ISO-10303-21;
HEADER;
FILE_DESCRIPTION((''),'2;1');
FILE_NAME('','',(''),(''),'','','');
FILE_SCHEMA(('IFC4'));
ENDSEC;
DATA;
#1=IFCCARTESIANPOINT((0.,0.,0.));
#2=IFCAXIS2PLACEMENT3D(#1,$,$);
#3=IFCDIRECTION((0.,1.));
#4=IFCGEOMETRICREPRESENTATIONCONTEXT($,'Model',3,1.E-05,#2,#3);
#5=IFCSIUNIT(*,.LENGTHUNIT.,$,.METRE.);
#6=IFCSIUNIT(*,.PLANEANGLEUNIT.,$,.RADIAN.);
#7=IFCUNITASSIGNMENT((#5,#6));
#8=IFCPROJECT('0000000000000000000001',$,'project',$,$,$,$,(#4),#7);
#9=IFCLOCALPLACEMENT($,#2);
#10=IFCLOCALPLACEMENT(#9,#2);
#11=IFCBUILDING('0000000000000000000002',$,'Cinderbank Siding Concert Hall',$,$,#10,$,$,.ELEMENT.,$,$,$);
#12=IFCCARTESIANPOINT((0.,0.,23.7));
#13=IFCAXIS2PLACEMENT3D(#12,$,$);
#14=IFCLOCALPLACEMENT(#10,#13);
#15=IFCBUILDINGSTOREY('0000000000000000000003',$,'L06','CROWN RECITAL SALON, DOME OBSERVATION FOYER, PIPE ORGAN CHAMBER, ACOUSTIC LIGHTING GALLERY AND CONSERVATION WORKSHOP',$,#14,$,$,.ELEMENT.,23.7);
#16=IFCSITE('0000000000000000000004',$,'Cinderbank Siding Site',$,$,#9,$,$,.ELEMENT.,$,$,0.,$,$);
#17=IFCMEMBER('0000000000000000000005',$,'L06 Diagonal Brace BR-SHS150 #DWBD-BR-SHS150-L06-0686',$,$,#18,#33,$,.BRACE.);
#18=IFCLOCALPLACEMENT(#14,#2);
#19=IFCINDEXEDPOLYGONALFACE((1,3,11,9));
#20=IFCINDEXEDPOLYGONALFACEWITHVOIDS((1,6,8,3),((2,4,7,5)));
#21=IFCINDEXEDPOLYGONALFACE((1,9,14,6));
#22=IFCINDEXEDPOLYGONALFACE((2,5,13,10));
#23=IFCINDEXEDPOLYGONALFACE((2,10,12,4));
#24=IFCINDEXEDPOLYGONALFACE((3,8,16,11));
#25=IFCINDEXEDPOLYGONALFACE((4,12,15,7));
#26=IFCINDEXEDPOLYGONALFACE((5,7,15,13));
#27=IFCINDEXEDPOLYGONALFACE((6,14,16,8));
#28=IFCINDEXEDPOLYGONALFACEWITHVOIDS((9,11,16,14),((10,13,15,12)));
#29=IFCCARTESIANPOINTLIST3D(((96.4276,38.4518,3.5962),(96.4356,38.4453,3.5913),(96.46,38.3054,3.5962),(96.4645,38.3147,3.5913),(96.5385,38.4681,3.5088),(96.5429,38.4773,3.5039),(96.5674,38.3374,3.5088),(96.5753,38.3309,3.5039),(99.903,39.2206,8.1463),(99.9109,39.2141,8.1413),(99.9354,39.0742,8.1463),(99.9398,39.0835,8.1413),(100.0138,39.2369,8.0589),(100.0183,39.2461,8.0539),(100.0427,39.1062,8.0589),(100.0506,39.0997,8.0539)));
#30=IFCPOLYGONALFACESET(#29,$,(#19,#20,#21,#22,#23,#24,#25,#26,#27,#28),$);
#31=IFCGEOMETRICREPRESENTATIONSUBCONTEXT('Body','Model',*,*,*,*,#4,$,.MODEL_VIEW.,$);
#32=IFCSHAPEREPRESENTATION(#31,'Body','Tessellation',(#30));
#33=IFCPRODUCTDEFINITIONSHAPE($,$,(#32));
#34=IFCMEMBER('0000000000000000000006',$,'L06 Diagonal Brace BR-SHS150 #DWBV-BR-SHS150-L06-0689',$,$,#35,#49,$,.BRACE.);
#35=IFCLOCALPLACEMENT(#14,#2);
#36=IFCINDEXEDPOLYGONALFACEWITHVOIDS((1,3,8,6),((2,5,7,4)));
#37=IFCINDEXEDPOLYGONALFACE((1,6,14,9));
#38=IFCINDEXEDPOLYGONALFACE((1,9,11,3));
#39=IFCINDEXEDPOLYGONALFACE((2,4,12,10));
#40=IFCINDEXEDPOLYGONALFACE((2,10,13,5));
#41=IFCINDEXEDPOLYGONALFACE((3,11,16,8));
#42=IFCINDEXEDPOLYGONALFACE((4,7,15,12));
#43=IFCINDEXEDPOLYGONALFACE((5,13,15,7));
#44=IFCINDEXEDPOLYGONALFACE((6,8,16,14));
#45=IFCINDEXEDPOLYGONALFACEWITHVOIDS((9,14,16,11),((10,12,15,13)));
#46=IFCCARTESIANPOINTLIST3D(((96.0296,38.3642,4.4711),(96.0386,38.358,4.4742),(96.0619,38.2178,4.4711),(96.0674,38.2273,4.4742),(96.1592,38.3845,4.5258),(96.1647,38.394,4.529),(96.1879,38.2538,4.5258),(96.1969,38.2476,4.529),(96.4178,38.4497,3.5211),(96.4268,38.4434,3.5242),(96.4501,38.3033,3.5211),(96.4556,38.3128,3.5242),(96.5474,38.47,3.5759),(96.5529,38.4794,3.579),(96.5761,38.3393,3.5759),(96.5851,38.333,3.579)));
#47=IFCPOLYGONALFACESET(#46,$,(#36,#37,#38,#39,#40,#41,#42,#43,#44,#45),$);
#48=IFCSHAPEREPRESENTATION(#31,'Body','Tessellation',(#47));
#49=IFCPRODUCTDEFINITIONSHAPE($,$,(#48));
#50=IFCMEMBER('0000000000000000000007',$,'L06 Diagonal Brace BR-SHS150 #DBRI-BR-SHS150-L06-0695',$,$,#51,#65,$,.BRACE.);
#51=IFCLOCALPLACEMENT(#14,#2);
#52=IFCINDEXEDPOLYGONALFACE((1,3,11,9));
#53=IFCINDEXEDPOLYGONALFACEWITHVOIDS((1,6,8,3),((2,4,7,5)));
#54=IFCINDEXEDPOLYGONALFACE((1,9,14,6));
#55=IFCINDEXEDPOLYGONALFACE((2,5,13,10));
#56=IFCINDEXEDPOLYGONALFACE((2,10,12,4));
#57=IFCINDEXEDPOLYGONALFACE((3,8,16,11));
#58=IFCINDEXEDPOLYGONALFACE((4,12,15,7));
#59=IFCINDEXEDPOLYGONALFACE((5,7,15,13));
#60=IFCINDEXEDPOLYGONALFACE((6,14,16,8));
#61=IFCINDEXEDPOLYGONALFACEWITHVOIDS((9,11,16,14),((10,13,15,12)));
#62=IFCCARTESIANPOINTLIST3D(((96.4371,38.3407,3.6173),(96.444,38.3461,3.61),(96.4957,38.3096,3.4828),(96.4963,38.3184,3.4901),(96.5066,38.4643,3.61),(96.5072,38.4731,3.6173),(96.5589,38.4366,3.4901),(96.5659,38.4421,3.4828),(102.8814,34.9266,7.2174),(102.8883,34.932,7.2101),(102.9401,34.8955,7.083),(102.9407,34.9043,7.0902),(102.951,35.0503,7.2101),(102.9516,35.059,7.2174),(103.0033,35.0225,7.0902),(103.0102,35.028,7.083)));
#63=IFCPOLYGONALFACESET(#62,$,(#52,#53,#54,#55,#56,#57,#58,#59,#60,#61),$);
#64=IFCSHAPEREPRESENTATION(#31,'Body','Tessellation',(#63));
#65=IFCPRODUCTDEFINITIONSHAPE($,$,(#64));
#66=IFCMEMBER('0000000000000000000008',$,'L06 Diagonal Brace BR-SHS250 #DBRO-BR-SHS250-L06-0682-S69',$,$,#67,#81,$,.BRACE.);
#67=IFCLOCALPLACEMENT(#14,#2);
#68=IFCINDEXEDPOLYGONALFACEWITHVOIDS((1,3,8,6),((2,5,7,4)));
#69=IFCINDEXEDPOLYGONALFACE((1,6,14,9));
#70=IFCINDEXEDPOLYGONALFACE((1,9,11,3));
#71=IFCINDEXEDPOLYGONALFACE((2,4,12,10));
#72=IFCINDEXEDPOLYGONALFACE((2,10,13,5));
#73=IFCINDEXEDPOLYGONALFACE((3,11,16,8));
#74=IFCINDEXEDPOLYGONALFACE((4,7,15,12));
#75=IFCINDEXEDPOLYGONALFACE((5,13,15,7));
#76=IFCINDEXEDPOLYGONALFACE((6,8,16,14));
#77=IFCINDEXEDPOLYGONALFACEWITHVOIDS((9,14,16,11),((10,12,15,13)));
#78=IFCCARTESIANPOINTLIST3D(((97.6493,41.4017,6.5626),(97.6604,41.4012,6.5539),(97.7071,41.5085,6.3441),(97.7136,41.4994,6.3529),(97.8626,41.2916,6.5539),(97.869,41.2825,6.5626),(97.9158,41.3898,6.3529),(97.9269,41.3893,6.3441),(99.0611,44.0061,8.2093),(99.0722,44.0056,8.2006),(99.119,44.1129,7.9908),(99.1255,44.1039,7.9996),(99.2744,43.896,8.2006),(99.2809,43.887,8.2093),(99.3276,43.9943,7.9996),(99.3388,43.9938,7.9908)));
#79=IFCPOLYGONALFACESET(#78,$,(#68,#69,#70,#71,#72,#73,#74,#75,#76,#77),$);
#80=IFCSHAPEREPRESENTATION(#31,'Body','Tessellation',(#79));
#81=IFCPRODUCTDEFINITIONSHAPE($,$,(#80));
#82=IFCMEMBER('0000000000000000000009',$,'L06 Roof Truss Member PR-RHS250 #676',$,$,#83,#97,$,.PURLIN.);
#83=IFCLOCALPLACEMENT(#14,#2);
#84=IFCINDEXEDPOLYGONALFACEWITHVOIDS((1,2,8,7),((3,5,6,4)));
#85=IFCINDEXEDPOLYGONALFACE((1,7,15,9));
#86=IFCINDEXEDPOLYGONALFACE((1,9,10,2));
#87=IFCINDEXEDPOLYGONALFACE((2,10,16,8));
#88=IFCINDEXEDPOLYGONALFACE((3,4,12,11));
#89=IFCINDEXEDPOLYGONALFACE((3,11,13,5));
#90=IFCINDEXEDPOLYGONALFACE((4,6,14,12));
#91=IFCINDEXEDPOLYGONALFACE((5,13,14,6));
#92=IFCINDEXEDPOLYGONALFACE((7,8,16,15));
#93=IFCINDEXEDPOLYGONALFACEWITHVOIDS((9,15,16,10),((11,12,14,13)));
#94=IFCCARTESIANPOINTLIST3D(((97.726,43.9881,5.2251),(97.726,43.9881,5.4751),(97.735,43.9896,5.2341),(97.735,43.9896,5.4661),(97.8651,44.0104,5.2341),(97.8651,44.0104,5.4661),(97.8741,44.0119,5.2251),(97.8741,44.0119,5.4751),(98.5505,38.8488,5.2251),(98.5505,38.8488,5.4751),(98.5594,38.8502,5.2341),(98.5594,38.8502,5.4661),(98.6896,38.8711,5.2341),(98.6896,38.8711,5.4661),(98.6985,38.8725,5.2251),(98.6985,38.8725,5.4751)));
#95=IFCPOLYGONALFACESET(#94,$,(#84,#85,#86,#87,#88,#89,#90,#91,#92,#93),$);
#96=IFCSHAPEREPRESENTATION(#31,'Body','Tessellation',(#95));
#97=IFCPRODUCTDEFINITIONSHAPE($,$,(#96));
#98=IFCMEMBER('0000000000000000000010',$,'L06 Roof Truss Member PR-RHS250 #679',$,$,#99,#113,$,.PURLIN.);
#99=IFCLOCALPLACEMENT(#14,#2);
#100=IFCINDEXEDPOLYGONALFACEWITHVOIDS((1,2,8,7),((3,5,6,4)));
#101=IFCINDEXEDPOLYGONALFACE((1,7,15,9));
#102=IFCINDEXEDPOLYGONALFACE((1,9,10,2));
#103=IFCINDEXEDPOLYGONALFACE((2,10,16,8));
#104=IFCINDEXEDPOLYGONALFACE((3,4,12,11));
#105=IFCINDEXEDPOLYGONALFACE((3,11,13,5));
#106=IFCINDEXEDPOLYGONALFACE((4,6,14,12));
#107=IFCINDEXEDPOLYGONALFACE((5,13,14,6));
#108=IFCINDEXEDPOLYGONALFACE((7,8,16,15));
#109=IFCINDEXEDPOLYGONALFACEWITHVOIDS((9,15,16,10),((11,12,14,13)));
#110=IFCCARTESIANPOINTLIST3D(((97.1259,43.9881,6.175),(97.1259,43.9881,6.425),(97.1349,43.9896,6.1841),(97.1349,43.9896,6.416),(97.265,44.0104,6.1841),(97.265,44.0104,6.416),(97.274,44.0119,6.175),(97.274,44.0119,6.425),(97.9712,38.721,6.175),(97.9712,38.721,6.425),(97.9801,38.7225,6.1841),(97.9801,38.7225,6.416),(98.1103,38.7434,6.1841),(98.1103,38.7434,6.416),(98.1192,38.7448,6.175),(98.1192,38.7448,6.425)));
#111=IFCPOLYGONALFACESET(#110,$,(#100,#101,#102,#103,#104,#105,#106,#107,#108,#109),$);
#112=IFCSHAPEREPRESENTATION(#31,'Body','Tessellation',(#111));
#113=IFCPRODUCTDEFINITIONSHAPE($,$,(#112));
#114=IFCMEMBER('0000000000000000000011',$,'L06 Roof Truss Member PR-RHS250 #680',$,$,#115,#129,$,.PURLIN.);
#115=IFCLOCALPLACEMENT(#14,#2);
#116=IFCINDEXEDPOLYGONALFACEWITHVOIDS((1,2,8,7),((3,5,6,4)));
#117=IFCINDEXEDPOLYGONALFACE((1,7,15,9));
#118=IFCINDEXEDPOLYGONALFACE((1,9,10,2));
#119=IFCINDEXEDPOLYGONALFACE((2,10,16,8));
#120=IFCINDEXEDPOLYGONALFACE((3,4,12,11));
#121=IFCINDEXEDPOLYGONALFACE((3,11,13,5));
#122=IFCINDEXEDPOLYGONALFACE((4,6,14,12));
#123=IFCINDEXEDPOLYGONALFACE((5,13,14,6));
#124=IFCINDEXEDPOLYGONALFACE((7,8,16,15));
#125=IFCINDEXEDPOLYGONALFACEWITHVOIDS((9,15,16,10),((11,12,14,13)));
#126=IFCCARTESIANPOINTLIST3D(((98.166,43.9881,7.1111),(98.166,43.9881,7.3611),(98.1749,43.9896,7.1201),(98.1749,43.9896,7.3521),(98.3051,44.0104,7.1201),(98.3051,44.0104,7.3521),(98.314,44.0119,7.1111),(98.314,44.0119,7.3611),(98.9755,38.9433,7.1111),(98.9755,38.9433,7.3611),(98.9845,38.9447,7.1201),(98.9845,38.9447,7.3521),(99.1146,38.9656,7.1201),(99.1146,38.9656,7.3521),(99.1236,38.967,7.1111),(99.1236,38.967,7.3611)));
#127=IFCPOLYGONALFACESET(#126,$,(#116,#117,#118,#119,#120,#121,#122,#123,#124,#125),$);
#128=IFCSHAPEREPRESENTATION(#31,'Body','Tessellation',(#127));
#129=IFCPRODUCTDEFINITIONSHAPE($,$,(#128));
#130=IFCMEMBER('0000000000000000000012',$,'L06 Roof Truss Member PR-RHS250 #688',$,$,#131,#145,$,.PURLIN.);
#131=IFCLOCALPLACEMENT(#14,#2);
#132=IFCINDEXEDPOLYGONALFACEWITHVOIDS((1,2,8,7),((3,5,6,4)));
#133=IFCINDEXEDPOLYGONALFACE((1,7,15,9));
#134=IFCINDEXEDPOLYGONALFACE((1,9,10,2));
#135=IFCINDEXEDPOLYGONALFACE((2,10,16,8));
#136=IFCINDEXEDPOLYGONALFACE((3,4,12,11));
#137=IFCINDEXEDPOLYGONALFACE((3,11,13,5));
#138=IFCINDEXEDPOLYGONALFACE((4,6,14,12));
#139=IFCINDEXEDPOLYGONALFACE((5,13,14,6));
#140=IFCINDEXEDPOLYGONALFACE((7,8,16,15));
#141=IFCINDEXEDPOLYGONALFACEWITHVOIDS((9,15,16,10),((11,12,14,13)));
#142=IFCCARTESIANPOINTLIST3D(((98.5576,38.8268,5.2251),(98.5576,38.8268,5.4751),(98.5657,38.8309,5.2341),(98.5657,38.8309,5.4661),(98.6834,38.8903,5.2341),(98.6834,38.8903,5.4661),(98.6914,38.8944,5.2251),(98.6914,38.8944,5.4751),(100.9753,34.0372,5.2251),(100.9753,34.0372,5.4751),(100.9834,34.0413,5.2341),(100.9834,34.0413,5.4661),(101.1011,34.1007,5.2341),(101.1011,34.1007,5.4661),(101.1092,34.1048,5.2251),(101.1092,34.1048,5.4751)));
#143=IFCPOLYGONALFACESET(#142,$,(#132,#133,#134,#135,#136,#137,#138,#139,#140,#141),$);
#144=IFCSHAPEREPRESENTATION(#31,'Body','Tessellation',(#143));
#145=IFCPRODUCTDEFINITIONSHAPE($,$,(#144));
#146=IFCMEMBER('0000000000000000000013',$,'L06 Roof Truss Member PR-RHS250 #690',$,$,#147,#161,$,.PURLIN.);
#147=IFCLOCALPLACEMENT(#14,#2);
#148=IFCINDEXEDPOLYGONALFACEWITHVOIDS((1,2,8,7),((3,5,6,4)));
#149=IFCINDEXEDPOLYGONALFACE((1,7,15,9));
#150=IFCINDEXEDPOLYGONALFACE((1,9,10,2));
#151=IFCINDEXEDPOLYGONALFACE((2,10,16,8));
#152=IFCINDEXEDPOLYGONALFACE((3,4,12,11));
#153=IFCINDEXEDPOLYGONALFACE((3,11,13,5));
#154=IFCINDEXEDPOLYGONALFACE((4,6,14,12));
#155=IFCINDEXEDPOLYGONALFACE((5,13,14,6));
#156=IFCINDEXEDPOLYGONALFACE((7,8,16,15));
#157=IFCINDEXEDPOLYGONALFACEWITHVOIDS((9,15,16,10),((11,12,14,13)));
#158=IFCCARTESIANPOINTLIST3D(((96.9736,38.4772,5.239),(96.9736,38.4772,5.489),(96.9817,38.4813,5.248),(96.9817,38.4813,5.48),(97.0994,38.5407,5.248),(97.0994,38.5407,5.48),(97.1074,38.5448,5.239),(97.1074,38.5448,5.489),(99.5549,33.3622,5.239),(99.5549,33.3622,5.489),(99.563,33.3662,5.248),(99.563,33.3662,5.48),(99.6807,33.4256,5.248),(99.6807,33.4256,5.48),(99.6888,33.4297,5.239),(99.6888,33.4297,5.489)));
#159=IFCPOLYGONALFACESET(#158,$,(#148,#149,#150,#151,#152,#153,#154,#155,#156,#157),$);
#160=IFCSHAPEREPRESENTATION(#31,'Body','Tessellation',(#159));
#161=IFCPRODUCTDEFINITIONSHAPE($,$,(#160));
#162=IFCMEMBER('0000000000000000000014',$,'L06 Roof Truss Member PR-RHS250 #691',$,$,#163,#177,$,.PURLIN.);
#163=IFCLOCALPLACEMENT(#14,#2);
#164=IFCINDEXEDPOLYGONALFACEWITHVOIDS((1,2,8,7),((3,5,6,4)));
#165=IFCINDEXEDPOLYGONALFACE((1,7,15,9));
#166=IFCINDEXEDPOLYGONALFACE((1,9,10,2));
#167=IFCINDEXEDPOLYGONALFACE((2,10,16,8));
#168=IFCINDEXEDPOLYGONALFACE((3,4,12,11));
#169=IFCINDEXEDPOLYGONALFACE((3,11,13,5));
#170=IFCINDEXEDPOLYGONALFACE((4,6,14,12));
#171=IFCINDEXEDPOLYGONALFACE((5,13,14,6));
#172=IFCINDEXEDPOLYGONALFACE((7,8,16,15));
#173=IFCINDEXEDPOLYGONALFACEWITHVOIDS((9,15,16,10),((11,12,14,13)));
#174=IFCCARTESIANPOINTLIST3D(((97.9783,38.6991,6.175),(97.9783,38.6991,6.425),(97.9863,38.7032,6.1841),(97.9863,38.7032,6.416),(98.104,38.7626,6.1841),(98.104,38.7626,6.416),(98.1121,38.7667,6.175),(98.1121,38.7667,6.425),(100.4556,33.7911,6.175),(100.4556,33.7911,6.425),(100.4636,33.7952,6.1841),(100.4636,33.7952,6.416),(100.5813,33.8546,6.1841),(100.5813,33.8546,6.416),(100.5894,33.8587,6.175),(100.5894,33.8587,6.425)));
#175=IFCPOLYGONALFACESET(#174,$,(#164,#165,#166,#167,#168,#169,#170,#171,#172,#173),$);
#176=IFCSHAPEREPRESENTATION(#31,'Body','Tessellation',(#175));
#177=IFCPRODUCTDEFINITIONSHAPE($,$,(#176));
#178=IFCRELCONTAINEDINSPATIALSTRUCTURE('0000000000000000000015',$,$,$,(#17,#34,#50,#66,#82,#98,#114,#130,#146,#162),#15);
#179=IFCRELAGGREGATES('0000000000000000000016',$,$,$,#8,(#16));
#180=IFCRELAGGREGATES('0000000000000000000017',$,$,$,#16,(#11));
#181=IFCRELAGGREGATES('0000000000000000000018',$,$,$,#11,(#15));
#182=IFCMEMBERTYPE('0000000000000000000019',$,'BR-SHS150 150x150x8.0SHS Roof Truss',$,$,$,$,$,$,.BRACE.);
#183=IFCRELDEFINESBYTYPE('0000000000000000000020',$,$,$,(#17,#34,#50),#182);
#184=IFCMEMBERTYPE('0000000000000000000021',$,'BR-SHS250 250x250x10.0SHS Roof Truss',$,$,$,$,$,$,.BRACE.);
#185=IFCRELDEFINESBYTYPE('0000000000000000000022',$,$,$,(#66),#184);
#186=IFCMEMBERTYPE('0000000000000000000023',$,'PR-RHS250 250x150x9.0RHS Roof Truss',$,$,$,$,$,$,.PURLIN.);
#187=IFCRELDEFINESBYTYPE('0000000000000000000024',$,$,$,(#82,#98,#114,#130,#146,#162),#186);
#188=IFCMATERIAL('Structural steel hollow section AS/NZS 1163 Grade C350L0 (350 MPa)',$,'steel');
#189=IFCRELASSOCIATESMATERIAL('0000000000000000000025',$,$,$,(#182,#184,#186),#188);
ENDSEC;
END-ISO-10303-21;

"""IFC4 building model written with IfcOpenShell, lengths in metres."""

from ifc_helpers import new_model, si_unit, direction, frame, origin, origin_2d, place, context, subcontext, project, spatial, hollow_rectangle, extrude, material, material_profile, profile_set, type_object, element, save


model = new_model("IFC4")

# Units and contexts
model_context = context("Model", 3, precision=1e-05, world=origin(), true_north=direction((0.0, 1.0)))
body_context = subcontext(model_context, "Body", "Model", "MODEL_VIEW")
ifc_project = project(units=[si_unit("LENGTHUNIT", "METRE"), si_unit("PLANEANGLEUNIT", "RADIAN")], contexts=[model_context])

# Site, building, storey
site_placement = place(None, origin())
site = spatial("IfcSite", under=ifc_project, at=site_placement, Name="Cinderbank Siding Site", CompositionType="ELEMENT", RefElevation=0.0)
building_placement = place(site_placement, origin())
building = spatial("IfcBuilding", under=site, at=building_placement, Name="Cinderbank Siding Concert Hall", CompositionType="ELEMENT")
storey_placement = place(building_placement, frame((0.0, 0.0, 23.7)))
storey = spatial("IfcBuildingStorey", under=building, at=storey_placement, Name="L06", Description="CROWN RECITAL SALON, DOME OBSERVATION FOYER, PIPE ORGAN CHAMBER, ACOUSTIC LIGHTING GALLERY AND CONSERVATION WORKSHOP", CompositionType="ELEMENT", Elevation=23.7)

# Members
ifc_material_1 = material(Name="Structural steel hollow section AS/NZS 1163 Grade C350L0 (350 MPa)", Category="steel")
ifc_material_profile_1 = material_profile(ifc_material_1, hollow_rectangle(XDim=0.1499, YDim=0.1499, WallThickness=0.0081, at=origin_2d()), Name="150x150x8.0SHS", Category="LoadBearing")
ifc_profile_set_1 = profile_set([ifc_material_profile_1], Name="Structural steel hollow section AS/NZS 1163 Grade C350L0 (350 MPa)")
member_type_1 = type_object("IfcMemberType", Name="BR-SHS150 150x150x8.0SHS Roof Truss", PredefinedType="BRACE", material=ifc_profile_set_1)
member_1_placement = place(storey_placement, frame((96.5015, 38.3914, 3.55), z_axis=(0.601598, 0.133083, 0.787635), x_axis=(-0.215993, 0.976395, 0.0)))
element("IfcMember", 1, at=member_1_placement, inside=storey, type_object=member_type_1, Name="L06 Diagonal Brace BR-SHS150 #DWBD-BR-SHS150-L06-0686", PredefinedType="BRACE", context=body_context, shape_type="SweptSolid", body=[
    extrude(hollow_rectangle(XDim=0.1499, YDim=0.1499, WallThickness=0.0081, at=origin_2d()), origin(), (0.0, 0.0, 1.0), 5.7769),
])
member_2_placement = place(storey_placement, frame((96.5015, 38.3914, 3.55), z_axis=(-0.376967, -0.08298, 0.922502), x_axis=(0.214979, -0.976619, 0.0)))
element("IfcMember", 2, at=member_2_placement, inside=storey, type_object=member_type_1, Name="L06 Diagonal Brace BR-SHS150 #DWBV-BR-SHS150-L06-0689", PredefinedType="BRACE", context=body_context, shape_type="SweptSolid", body=[
    extrude(hollow_rectangle(XDim=0.1499, YDim=0.1499, WallThickness=0.0081, at=origin_2d()), origin(), (0.0, 0.0, 1.0), 1.0298),
])
member_3_placement = place(storey_placement, frame((96.5015, 38.3914, 3.55), z_axis=(0.792367, -0.419778, 0.442652), x_axis=(0.46814, 0.883654, 0.0)))
element("IfcMember", 3, at=member_3_placement, inside=storey, type_object=member_type_1, Name="L06 Diagonal Brace BR-SHS150 #DBRI-BR-SHS150-L06-0695", PredefinedType="BRACE", context=body_context, shape_type="SweptSolid", body=[
    extrude(hollow_rectangle(XDim=0.1499, YDim=0.1499, WallThickness=0.0081, at=origin_2d()), origin(), (0.0, 0.0, 1.0), 8.1331),
])
ifc_material_profile_2 = material_profile(ifc_material_1, hollow_rectangle(XDim=0.25, YDim=0.25, WallThickness=0.01, at=origin_2d()), Name="250x250x10.0SHS", Category="LoadBearing")
ifc_profile_set_2 = profile_set([ifc_material_profile_2], Name="Structural steel hollow section AS/NZS 1163 Grade C350L0 (350 MPa)")
member_type_2 = type_object("IfcMemberType", Name="BR-SHS250 250x250x10.0SHS Roof Truss", PredefinedType="BRACE", material=ifc_profile_set_2)
member_4_placement = place(storey_placement, frame((97.7881, 41.3955, 6.4534), z_axis=(0.416545, 0.768409, 0.485838), x_axis=(-0.879137, 0.47657, 0.0)))
element("IfcMember", 4, at=member_4_placement, inside=storey, type_object=member_type_2, Name="L06 Diagonal Brace BR-SHS250 #DBRO-BR-SHS250-L06-0682-S69", PredefinedType="BRACE", context=body_context, shape_type="SweptSolid", body=[
    extrude(hollow_rectangle(XDim=0.25, YDim=0.25, WallThickness=0.01, at=origin_2d()), origin(), (0.0, 0.0, 1.0), 3.3894),
])
ifc_material_profile_3 = material_profile(ifc_material_1, hollow_rectangle(XDim=0.1499, YDim=0.25, WallThickness=0.009, at=origin_2d()), Name="250x150x9.0RHS", Category="LoadBearing")
ifc_profile_set_3 = profile_set([ifc_material_profile_3], Name="Structural steel hollow section AS/NZS 1163 Grade C350L0 (350 MPa)")
member_type_3 = type_object("IfcMemberType", Name="PR-RHS250 250x150x9.0RHS Roof Truss", PredefinedType="PURLIN", material=ifc_profile_set_3)
member_5_placement = place(storey_placement, frame((97.8, 44.0, 5.3501), z_axis=(0.158395, -0.987376, 0.0), x_axis=(0.987376, 0.158395, 0.0)))
element("IfcMember", 5, at=member_5_placement, inside=storey, type_object=member_type_3, Name="L06 Roof Truss Member PR-RHS250 #676", PredefinedType="PURLIN", context=body_context, shape_type="SweptSolid", body=[
    extrude(hollow_rectangle(XDim=0.1499, YDim=0.25, WallThickness=0.009, at=origin_2d()), origin(), (0.0, 0.0, 1.0), 5.2051),
])
member_6_placement = place(storey_placement, frame((97.2, 44.0, 6.3), z_axis=(0.158444, -0.987368, 0.0), x_axis=(0.987368, 0.158444, 0.0)))
element("IfcMember", 6, at=member_6_placement, inside=storey, type_object=member_type_3, Name="L06 Roof Truss Member PR-RHS250 #679", PredefinedType="PURLIN", context=body_context, shape_type="SweptSolid", body=[
    extrude(hollow_rectangle(XDim=0.1499, YDim=0.25, WallThickness=0.009, at=origin_2d()), origin(), (0.0, 0.0, 1.0), 5.3345),
])
member_7_placement = place(storey_placement, frame((98.24, 44.0, 7.2361), z_axis=(0.158445, -0.987368, 0.0), x_axis=(0.987368, 0.158445, 0.0)))
element("IfcMember", 7, at=member_7_placement, inside=storey, type_object=member_type_3, Name="L06 Roof Truss Member PR-RHS250 #680", PredefinedType="PURLIN", context=body_context, shape_type="SweptSolid", body=[
    extrude(hollow_rectangle(XDim=0.1499, YDim=0.25, WallThickness=0.009, at=origin_2d()), origin(), (0.0, 0.0, 1.0), 5.1094),
])
member_8_placement = place(storey_placement, frame((98.6245, 38.8606, 5.3501), z_axis=(0.450632, -0.89271, 0.0), x_axis=(0.89271, 0.450632, 0.0)))
element("IfcMember", 8, at=member_8_placement, inside=storey, type_object=member_type_3, Name="L06 Roof Truss Member PR-RHS250 #688", PredefinedType="PURLIN", context=body_context, shape_type="SweptSolid", body=[
    extrude(hollow_rectangle(XDim=0.1499, YDim=0.25, WallThickness=0.009, at=origin_2d()), origin(), (0.0, 0.0, 1.0), 5.3652),
])
member_9_placement = place(storey_placement, frame((97.0405, 38.511, 5.364), z_axis=(0.450534, -0.892759, 0.0), x_axis=(0.892759, 0.450534, 0.0)))
element("IfcMember", 9, at=member_9_placement, inside=storey, type_object=member_type_3, Name="L06 Roof Truss Member PR-RHS250 #690", PredefinedType="PURLIN", context=body_context, shape_type="SweptSolid", body=[
    extrude(hollow_rectangle(XDim=0.1499, YDim=0.25, WallThickness=0.009, at=origin_2d()), origin(), (0.0, 0.0, 1.0), 5.7295),
])
member_10_placement = place(storey_placement, frame((98.0452, 38.7329, 6.3), z_axis=(0.450603, -0.892724, 0.0), x_axis=(0.892724, 0.450603, 0.0)))
element("IfcMember", 10, at=member_10_placement, inside=storey, type_object=member_type_3, Name="L06 Roof Truss Member PR-RHS250 #691", PredefinedType="PURLIN", context=body_context, shape_type="SweptSolid", body=[
    extrude(hollow_rectangle(XDim=0.1499, YDim=0.25, WallThickness=0.009, at=origin_2d()), origin(), (0.0, 0.0, 1.0), 5.4978),
])

save(model, "model.ifc")
